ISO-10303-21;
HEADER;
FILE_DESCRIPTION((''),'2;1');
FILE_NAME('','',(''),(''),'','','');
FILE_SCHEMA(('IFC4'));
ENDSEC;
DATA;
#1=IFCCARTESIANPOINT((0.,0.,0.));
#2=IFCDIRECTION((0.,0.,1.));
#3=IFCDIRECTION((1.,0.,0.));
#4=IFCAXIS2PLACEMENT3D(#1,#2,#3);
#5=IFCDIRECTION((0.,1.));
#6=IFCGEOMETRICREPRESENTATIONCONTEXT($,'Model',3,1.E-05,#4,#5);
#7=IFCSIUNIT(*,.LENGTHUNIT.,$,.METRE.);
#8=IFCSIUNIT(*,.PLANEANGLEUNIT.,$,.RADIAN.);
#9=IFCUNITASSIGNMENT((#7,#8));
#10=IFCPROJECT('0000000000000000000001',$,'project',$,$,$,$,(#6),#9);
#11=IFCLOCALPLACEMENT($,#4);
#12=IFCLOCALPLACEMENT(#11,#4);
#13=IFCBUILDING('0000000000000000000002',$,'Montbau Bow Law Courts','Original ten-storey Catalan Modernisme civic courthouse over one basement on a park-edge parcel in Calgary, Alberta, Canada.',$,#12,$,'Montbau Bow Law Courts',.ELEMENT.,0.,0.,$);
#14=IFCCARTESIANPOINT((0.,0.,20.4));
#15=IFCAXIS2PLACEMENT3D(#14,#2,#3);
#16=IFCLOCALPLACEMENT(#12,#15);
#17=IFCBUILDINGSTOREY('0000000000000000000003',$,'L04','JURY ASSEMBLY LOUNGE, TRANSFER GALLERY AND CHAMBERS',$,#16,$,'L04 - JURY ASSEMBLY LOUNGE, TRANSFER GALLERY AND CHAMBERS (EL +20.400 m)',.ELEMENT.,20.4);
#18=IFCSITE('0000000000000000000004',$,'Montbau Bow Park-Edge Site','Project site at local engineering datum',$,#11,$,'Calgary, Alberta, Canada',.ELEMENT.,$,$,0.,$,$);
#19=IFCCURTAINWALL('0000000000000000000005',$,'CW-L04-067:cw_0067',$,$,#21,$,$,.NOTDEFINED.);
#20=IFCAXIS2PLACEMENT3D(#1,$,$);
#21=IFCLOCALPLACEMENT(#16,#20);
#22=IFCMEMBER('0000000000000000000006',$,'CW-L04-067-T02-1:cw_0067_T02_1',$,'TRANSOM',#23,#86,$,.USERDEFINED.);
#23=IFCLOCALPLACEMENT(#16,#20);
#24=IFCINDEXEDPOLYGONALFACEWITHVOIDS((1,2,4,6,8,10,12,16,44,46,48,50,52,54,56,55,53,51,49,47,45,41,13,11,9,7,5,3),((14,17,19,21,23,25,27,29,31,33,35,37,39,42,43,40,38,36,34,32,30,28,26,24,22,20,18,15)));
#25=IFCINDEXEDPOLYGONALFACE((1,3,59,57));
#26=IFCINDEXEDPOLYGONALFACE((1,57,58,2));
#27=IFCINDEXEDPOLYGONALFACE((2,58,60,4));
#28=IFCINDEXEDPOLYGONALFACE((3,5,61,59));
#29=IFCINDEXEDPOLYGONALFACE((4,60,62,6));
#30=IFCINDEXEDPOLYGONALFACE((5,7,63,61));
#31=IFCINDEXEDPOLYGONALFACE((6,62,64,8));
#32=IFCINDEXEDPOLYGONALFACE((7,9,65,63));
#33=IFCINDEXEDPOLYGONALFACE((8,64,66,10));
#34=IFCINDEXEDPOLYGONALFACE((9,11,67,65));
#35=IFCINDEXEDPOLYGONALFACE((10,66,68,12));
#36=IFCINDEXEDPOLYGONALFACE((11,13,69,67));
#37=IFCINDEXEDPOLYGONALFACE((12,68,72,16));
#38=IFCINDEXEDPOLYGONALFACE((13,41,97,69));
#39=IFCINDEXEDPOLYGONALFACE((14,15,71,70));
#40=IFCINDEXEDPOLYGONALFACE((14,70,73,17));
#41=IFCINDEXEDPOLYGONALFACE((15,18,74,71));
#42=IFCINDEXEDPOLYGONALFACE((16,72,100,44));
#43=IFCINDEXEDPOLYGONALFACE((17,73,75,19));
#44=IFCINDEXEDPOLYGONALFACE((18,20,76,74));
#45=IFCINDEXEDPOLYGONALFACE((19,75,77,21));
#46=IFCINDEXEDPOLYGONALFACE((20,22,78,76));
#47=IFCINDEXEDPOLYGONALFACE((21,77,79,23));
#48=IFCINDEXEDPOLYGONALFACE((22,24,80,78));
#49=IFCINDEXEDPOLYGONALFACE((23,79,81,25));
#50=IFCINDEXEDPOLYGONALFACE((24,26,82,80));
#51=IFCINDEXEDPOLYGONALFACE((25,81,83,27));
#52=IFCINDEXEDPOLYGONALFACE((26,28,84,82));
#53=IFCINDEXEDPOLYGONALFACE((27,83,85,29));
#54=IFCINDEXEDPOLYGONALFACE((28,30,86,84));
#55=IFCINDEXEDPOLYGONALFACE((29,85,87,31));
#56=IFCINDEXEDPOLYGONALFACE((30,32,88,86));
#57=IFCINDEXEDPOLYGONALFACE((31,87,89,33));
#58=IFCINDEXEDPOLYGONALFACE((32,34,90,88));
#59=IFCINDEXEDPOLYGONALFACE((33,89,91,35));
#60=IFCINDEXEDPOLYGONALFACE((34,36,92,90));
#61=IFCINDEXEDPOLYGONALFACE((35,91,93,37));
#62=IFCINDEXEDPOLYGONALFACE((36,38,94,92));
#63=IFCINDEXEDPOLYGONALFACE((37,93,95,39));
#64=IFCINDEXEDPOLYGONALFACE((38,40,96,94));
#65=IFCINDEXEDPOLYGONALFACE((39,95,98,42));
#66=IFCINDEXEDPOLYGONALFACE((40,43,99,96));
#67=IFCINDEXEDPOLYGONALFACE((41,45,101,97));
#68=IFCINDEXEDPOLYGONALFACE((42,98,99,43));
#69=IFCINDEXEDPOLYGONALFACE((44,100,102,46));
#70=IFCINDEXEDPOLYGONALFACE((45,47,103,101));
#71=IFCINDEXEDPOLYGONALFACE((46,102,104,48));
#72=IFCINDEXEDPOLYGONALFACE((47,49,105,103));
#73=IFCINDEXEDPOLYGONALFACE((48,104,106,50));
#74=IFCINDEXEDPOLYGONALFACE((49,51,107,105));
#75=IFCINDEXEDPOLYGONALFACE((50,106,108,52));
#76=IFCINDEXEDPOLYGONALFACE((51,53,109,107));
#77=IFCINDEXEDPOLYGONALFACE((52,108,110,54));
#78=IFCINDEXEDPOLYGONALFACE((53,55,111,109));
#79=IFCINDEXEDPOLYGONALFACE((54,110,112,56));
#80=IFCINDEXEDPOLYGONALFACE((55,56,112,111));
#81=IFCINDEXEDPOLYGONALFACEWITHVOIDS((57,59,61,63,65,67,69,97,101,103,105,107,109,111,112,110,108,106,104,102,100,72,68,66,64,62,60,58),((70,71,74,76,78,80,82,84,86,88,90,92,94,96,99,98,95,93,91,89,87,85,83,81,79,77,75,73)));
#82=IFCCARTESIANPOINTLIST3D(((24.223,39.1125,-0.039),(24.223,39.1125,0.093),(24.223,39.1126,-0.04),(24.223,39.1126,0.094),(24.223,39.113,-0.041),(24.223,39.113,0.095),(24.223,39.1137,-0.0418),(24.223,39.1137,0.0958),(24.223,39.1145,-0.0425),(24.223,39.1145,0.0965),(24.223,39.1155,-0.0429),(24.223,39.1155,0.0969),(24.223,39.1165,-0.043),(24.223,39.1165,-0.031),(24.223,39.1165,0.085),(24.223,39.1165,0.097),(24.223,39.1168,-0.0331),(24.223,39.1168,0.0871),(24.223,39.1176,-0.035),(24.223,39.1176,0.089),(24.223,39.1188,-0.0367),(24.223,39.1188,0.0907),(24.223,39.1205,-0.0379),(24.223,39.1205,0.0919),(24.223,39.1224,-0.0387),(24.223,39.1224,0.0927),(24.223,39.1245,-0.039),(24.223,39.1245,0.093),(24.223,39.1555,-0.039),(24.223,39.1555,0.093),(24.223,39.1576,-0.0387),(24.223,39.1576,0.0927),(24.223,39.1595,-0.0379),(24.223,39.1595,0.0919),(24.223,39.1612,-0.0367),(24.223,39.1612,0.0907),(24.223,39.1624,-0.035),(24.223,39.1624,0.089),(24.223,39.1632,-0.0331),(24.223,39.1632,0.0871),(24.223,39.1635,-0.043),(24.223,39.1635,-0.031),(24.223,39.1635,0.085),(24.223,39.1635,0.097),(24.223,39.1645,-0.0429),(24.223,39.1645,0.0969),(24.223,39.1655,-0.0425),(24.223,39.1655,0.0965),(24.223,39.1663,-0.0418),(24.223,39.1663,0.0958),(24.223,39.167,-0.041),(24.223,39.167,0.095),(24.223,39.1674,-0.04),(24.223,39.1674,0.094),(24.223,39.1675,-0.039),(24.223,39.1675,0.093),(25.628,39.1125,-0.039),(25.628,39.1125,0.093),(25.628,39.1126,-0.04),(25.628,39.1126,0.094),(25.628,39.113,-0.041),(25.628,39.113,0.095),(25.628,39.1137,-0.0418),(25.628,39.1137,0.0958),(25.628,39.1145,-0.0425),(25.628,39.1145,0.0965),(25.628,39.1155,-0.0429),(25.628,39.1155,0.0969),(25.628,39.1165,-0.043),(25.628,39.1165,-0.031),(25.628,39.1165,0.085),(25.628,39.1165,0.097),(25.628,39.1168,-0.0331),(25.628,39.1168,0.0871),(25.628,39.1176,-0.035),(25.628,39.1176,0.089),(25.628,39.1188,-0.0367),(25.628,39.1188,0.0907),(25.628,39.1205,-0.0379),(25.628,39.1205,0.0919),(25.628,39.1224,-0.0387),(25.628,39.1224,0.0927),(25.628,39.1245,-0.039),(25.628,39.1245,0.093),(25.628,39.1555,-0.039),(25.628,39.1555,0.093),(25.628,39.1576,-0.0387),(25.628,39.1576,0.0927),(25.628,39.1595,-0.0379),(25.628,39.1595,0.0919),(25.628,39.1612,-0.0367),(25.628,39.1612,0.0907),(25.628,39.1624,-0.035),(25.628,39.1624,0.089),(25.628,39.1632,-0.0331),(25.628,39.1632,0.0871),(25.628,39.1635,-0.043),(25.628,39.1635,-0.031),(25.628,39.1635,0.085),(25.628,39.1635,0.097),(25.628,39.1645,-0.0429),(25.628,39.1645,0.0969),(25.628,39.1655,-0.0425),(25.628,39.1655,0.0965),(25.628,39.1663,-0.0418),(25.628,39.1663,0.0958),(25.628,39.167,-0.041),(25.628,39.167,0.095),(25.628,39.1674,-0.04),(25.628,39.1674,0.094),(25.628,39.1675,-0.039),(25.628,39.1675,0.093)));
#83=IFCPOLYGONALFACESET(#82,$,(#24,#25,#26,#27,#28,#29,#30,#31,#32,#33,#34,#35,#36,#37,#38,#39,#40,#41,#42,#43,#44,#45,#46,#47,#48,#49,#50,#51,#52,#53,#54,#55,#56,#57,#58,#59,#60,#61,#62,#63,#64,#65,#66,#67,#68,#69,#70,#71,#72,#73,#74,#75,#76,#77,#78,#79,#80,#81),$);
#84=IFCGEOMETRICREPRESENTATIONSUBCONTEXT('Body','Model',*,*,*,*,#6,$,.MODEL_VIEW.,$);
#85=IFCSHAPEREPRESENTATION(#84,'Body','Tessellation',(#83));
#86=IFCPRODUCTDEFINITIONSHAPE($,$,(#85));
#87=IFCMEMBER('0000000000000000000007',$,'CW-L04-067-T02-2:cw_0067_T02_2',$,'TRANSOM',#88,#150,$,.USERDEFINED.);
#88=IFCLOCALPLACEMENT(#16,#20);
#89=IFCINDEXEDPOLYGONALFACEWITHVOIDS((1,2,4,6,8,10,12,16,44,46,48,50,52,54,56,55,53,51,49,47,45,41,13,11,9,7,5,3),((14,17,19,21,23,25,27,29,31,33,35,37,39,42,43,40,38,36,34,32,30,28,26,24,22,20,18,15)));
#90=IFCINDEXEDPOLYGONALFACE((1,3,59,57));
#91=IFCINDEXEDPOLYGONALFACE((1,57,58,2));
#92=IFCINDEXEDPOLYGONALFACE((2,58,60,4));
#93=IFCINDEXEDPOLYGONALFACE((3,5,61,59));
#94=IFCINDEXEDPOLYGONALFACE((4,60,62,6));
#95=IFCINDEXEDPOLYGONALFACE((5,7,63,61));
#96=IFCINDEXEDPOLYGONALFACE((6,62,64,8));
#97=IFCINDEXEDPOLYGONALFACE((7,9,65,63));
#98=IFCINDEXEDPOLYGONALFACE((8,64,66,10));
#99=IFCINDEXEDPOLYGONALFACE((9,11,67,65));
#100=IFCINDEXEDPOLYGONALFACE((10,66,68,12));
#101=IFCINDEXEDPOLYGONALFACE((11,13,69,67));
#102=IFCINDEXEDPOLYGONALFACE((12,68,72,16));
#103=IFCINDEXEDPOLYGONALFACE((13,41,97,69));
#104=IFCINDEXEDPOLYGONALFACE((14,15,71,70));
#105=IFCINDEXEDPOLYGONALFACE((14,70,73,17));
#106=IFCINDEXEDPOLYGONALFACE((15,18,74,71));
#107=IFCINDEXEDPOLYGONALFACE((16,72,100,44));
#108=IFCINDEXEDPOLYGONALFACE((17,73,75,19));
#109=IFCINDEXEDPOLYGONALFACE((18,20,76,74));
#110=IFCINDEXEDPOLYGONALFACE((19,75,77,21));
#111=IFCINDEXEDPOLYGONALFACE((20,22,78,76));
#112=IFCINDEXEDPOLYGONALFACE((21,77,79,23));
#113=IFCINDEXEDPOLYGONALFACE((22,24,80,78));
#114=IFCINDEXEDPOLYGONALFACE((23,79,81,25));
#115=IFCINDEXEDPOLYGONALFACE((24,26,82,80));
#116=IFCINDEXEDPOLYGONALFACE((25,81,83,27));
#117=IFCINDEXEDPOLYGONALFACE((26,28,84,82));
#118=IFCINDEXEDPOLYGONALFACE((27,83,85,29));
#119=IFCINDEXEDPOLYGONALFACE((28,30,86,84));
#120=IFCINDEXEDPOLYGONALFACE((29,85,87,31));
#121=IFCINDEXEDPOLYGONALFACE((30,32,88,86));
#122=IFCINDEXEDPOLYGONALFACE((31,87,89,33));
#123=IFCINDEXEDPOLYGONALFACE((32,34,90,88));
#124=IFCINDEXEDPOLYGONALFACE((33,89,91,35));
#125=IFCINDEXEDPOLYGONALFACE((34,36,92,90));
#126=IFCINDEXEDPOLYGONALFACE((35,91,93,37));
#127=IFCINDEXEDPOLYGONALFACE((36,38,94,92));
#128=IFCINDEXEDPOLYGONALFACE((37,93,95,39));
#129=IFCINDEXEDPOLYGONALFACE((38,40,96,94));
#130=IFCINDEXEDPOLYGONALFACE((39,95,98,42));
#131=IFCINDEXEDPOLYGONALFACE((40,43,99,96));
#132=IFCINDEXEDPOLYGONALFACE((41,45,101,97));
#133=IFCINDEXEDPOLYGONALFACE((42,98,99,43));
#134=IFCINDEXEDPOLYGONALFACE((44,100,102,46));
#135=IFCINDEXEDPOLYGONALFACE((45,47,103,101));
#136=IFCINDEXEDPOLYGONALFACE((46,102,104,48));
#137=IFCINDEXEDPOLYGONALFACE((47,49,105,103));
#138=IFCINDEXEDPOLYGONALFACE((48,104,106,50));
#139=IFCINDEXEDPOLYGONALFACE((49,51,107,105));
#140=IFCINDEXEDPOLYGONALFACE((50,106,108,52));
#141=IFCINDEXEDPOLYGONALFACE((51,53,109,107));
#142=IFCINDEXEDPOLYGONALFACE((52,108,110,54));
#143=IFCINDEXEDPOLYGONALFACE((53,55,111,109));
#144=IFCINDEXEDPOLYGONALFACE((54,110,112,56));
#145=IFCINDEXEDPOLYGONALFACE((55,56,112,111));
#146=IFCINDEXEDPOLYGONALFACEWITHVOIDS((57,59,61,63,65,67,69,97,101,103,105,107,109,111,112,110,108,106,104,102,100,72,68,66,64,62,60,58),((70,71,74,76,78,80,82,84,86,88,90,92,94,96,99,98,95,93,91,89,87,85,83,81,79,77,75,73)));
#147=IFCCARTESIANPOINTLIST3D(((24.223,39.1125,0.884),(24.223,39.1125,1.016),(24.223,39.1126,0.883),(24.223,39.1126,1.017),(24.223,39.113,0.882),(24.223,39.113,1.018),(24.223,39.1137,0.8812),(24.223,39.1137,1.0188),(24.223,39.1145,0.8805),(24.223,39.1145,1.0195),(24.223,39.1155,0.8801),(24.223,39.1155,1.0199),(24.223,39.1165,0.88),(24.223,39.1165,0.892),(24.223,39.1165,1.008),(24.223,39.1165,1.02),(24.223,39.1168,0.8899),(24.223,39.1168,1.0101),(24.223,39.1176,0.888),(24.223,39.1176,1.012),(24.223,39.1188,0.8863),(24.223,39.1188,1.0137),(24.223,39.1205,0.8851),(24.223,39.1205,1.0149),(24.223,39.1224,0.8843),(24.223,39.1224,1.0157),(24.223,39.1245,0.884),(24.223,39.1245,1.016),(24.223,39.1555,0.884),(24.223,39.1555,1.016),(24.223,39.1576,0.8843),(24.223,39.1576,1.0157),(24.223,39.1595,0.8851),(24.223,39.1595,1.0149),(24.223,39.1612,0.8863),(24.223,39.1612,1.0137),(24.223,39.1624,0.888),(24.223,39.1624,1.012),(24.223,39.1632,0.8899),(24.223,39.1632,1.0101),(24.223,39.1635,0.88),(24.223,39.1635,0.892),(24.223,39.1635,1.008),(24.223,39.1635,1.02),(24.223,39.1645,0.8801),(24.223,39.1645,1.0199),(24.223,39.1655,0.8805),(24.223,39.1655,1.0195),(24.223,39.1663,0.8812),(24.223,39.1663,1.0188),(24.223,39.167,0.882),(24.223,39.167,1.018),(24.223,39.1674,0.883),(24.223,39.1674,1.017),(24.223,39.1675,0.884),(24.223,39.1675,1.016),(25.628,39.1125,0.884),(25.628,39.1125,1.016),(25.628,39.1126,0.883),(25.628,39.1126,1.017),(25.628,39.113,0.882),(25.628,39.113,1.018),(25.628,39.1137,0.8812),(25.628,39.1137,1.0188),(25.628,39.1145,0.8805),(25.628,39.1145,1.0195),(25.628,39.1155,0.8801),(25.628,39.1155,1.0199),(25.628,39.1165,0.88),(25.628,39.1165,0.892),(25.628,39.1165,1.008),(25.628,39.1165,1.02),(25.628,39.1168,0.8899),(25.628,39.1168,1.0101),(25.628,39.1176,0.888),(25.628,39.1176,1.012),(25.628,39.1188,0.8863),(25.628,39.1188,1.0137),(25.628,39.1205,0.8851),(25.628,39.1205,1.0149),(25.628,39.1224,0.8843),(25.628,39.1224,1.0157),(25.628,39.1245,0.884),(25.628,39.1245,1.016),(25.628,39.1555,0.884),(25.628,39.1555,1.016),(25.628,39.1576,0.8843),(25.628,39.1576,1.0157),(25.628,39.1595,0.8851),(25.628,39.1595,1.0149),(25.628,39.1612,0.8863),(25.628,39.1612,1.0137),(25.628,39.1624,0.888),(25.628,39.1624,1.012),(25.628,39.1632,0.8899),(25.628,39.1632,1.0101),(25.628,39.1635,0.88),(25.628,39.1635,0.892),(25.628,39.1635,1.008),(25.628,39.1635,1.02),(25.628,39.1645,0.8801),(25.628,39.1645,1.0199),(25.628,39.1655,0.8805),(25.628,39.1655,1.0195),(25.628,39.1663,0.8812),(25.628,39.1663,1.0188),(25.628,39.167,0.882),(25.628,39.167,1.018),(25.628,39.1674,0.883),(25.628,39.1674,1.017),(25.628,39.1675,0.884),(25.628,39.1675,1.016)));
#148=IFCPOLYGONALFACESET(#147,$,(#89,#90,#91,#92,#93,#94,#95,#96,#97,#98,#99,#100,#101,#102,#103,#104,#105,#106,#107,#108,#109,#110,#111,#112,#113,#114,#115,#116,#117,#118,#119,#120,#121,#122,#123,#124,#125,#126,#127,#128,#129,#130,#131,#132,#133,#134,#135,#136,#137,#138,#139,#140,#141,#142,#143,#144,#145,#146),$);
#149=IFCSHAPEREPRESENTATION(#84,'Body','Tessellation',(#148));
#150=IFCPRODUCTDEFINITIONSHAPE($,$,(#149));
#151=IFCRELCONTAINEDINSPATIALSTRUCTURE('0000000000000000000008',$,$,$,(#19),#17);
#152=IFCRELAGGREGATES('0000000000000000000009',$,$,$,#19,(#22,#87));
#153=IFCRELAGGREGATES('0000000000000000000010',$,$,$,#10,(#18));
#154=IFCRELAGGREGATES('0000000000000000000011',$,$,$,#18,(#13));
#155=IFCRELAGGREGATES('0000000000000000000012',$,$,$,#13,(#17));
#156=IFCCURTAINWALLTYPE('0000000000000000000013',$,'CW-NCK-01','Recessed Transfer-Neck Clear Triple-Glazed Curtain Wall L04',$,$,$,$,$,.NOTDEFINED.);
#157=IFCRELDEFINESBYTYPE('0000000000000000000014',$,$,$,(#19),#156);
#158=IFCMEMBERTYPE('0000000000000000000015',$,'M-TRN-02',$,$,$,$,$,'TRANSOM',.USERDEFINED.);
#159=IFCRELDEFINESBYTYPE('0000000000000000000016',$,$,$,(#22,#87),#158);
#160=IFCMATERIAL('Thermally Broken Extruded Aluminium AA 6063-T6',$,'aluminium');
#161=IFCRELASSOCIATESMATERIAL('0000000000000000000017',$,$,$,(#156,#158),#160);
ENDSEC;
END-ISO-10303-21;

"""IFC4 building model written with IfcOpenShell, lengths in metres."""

from ifc_helpers import new_model, si_unit, direction, frame, origin_with_axes, origin_2d_with_axis, place, context, subcontext, project, spatial, hollow_rectangle, extrude, material, material_profile, profile_set, type_object, element, aggregate, save


model = new_model("IFC4")

# Units and contexts
model_context = context("Model", 3, precision=1e-05, world=origin_with_axes(), true_north=direction((0.0, 1.0)))
body_context = subcontext(model_context, "Body", "Model", "MODEL_VIEW")
ifc_project = project(units=[si_unit("LENGTHUNIT", "METRE"), si_unit("PLANEANGLEUNIT", "RADIAN")], contexts=[model_context])

# Site, building, storey
site_placement = place(None, origin_with_axes())
site = spatial("IfcSite", under=ifc_project, at=site_placement, Name="Montbau Bow Park-Edge Site", Description="Project site at local engineering datum", LongName="Calgary, Alberta, Canada", CompositionType="ELEMENT", RefElevation=0.0)
building_placement = place(site_placement, origin_with_axes())
building = spatial("IfcBuilding", under=site, at=building_placement, Name="Montbau Bow Law Courts", Description="Original ten-storey Catalan Modernisme civic courthouse over one basement on a park-edge parcel in Calgary, Alberta, Canada.", LongName="Montbau Bow Law Courts", CompositionType="ELEMENT", ElevationOfRefHeight=0.0, ElevationOfTerrain=0.0)
storey_placement = place(building_placement, frame((0.0, 0.0, 20.4), z_axis=(0.0, 0.0, 1.0), x_axis=(1.0, 0.0, 0.0)))
storey = spatial("IfcBuildingStorey", under=building, at=storey_placement, Name="L04", Description="JURY ASSEMBLY LOUNGE, TRANSFER GALLERY AND CHAMBERS", LongName="L04 - JURY ASSEMBLY LOUNGE, TRANSFER GALLERY AND CHAMBERS (EL +20.400 m)", CompositionType="ELEMENT", Elevation=20.4)

# Curtain wall, members
ifc_material_1 = material(Name="Thermally Broken Extruded Aluminium AA 6063-T6", Category="aluminium")
curtain_wall_type = type_object("IfcCurtainWallType", Name="CW-NCK-01", Description="Recessed Transfer-Neck Clear Triple-Glazed Curtain Wall L04", PredefinedType="NOTDEFINED", material=ifc_material_1)
curtain_wall_placement = place(None, frame((22.715, 39.14, 20.4), z_axis=(0.0, 0.0, 1.0), x_axis=(1.0, 0.0, 0.0)))
curtain_wall = element("IfcCurtainWall", 1, at=curtain_wall_placement, inside=storey, type_object=curtain_wall_type, Name="CW-L04-067:cw_0067", PredefinedType="NOTDEFINED")
ifc_material_profile_1 = material_profile(ifc_material_1, hollow_rectangle(XDim=0.055, YDim=0.14, WallThickness=0.004, InnerFilletRadius=0.008, OuterFilletRadius=0.004, at=origin_2d_with_axis()), Name="CWT-140X55", Category="Main", Priority=0)
ifc_profile_set_1 = profile_set([ifc_material_profile_1], Name="Thermally Broken Extruded Aluminium AA 6063-T6")
member_type_1 = type_object("IfcMemberType", Name="M-TRN-02", ElementType="TRANSOM", PredefinedType="USERDEFINED", material=ifc_profile_set_1)
member_1_placement = place(None, frame((24.223, 39.14, 20.427), z_axis=(1.0, 0.0, 0.0), x_axis=(0.0, 1.0, 0.0)))
member_1 = element("IfcMember", 2, at=member_1_placement, type_object=member_type_1, Name="CW-L04-067-T02-1:cw_0067_T02_1", ObjectType="TRANSOM", PredefinedType="USERDEFINED", context=body_context, shape_type="SweptSolid", body=[
    extrude(hollow_rectangle(XDim=0.055, YDim=0.14, WallThickness=0.004, InnerFilletRadius=0.008, OuterFilletRadius=0.004, at=origin_2d_with_axis()), origin_with_axes(), (0.0, 0.0, 1.0), 1.405),
])
member_2_placement = place(None, frame((24.223, 39.14, 21.35), z_axis=(1.0, 0.0, 0.0), x_axis=(0.0, 1.0, 0.0)))
member_2 = element("IfcMember", 3, at=member_2_placement, type_object=member_type_1, Name="CW-L04-067-T02-2:cw_0067_T02_2", ObjectType="TRANSOM", PredefinedType="USERDEFINED", context=body_context, shape_type="SweptSolid", body=[
    extrude(hollow_rectangle(XDim=0.055, YDim=0.14, WallThickness=0.004, InnerFilletRadius=0.008, OuterFilletRadius=0.004, at=origin_2d_with_axis()), origin_with_axes(), (0.0, 0.0, 1.0), 1.405),
])
aggregate(curtain_wall, [member_1, member_2])

save(model, "model.ifc")
